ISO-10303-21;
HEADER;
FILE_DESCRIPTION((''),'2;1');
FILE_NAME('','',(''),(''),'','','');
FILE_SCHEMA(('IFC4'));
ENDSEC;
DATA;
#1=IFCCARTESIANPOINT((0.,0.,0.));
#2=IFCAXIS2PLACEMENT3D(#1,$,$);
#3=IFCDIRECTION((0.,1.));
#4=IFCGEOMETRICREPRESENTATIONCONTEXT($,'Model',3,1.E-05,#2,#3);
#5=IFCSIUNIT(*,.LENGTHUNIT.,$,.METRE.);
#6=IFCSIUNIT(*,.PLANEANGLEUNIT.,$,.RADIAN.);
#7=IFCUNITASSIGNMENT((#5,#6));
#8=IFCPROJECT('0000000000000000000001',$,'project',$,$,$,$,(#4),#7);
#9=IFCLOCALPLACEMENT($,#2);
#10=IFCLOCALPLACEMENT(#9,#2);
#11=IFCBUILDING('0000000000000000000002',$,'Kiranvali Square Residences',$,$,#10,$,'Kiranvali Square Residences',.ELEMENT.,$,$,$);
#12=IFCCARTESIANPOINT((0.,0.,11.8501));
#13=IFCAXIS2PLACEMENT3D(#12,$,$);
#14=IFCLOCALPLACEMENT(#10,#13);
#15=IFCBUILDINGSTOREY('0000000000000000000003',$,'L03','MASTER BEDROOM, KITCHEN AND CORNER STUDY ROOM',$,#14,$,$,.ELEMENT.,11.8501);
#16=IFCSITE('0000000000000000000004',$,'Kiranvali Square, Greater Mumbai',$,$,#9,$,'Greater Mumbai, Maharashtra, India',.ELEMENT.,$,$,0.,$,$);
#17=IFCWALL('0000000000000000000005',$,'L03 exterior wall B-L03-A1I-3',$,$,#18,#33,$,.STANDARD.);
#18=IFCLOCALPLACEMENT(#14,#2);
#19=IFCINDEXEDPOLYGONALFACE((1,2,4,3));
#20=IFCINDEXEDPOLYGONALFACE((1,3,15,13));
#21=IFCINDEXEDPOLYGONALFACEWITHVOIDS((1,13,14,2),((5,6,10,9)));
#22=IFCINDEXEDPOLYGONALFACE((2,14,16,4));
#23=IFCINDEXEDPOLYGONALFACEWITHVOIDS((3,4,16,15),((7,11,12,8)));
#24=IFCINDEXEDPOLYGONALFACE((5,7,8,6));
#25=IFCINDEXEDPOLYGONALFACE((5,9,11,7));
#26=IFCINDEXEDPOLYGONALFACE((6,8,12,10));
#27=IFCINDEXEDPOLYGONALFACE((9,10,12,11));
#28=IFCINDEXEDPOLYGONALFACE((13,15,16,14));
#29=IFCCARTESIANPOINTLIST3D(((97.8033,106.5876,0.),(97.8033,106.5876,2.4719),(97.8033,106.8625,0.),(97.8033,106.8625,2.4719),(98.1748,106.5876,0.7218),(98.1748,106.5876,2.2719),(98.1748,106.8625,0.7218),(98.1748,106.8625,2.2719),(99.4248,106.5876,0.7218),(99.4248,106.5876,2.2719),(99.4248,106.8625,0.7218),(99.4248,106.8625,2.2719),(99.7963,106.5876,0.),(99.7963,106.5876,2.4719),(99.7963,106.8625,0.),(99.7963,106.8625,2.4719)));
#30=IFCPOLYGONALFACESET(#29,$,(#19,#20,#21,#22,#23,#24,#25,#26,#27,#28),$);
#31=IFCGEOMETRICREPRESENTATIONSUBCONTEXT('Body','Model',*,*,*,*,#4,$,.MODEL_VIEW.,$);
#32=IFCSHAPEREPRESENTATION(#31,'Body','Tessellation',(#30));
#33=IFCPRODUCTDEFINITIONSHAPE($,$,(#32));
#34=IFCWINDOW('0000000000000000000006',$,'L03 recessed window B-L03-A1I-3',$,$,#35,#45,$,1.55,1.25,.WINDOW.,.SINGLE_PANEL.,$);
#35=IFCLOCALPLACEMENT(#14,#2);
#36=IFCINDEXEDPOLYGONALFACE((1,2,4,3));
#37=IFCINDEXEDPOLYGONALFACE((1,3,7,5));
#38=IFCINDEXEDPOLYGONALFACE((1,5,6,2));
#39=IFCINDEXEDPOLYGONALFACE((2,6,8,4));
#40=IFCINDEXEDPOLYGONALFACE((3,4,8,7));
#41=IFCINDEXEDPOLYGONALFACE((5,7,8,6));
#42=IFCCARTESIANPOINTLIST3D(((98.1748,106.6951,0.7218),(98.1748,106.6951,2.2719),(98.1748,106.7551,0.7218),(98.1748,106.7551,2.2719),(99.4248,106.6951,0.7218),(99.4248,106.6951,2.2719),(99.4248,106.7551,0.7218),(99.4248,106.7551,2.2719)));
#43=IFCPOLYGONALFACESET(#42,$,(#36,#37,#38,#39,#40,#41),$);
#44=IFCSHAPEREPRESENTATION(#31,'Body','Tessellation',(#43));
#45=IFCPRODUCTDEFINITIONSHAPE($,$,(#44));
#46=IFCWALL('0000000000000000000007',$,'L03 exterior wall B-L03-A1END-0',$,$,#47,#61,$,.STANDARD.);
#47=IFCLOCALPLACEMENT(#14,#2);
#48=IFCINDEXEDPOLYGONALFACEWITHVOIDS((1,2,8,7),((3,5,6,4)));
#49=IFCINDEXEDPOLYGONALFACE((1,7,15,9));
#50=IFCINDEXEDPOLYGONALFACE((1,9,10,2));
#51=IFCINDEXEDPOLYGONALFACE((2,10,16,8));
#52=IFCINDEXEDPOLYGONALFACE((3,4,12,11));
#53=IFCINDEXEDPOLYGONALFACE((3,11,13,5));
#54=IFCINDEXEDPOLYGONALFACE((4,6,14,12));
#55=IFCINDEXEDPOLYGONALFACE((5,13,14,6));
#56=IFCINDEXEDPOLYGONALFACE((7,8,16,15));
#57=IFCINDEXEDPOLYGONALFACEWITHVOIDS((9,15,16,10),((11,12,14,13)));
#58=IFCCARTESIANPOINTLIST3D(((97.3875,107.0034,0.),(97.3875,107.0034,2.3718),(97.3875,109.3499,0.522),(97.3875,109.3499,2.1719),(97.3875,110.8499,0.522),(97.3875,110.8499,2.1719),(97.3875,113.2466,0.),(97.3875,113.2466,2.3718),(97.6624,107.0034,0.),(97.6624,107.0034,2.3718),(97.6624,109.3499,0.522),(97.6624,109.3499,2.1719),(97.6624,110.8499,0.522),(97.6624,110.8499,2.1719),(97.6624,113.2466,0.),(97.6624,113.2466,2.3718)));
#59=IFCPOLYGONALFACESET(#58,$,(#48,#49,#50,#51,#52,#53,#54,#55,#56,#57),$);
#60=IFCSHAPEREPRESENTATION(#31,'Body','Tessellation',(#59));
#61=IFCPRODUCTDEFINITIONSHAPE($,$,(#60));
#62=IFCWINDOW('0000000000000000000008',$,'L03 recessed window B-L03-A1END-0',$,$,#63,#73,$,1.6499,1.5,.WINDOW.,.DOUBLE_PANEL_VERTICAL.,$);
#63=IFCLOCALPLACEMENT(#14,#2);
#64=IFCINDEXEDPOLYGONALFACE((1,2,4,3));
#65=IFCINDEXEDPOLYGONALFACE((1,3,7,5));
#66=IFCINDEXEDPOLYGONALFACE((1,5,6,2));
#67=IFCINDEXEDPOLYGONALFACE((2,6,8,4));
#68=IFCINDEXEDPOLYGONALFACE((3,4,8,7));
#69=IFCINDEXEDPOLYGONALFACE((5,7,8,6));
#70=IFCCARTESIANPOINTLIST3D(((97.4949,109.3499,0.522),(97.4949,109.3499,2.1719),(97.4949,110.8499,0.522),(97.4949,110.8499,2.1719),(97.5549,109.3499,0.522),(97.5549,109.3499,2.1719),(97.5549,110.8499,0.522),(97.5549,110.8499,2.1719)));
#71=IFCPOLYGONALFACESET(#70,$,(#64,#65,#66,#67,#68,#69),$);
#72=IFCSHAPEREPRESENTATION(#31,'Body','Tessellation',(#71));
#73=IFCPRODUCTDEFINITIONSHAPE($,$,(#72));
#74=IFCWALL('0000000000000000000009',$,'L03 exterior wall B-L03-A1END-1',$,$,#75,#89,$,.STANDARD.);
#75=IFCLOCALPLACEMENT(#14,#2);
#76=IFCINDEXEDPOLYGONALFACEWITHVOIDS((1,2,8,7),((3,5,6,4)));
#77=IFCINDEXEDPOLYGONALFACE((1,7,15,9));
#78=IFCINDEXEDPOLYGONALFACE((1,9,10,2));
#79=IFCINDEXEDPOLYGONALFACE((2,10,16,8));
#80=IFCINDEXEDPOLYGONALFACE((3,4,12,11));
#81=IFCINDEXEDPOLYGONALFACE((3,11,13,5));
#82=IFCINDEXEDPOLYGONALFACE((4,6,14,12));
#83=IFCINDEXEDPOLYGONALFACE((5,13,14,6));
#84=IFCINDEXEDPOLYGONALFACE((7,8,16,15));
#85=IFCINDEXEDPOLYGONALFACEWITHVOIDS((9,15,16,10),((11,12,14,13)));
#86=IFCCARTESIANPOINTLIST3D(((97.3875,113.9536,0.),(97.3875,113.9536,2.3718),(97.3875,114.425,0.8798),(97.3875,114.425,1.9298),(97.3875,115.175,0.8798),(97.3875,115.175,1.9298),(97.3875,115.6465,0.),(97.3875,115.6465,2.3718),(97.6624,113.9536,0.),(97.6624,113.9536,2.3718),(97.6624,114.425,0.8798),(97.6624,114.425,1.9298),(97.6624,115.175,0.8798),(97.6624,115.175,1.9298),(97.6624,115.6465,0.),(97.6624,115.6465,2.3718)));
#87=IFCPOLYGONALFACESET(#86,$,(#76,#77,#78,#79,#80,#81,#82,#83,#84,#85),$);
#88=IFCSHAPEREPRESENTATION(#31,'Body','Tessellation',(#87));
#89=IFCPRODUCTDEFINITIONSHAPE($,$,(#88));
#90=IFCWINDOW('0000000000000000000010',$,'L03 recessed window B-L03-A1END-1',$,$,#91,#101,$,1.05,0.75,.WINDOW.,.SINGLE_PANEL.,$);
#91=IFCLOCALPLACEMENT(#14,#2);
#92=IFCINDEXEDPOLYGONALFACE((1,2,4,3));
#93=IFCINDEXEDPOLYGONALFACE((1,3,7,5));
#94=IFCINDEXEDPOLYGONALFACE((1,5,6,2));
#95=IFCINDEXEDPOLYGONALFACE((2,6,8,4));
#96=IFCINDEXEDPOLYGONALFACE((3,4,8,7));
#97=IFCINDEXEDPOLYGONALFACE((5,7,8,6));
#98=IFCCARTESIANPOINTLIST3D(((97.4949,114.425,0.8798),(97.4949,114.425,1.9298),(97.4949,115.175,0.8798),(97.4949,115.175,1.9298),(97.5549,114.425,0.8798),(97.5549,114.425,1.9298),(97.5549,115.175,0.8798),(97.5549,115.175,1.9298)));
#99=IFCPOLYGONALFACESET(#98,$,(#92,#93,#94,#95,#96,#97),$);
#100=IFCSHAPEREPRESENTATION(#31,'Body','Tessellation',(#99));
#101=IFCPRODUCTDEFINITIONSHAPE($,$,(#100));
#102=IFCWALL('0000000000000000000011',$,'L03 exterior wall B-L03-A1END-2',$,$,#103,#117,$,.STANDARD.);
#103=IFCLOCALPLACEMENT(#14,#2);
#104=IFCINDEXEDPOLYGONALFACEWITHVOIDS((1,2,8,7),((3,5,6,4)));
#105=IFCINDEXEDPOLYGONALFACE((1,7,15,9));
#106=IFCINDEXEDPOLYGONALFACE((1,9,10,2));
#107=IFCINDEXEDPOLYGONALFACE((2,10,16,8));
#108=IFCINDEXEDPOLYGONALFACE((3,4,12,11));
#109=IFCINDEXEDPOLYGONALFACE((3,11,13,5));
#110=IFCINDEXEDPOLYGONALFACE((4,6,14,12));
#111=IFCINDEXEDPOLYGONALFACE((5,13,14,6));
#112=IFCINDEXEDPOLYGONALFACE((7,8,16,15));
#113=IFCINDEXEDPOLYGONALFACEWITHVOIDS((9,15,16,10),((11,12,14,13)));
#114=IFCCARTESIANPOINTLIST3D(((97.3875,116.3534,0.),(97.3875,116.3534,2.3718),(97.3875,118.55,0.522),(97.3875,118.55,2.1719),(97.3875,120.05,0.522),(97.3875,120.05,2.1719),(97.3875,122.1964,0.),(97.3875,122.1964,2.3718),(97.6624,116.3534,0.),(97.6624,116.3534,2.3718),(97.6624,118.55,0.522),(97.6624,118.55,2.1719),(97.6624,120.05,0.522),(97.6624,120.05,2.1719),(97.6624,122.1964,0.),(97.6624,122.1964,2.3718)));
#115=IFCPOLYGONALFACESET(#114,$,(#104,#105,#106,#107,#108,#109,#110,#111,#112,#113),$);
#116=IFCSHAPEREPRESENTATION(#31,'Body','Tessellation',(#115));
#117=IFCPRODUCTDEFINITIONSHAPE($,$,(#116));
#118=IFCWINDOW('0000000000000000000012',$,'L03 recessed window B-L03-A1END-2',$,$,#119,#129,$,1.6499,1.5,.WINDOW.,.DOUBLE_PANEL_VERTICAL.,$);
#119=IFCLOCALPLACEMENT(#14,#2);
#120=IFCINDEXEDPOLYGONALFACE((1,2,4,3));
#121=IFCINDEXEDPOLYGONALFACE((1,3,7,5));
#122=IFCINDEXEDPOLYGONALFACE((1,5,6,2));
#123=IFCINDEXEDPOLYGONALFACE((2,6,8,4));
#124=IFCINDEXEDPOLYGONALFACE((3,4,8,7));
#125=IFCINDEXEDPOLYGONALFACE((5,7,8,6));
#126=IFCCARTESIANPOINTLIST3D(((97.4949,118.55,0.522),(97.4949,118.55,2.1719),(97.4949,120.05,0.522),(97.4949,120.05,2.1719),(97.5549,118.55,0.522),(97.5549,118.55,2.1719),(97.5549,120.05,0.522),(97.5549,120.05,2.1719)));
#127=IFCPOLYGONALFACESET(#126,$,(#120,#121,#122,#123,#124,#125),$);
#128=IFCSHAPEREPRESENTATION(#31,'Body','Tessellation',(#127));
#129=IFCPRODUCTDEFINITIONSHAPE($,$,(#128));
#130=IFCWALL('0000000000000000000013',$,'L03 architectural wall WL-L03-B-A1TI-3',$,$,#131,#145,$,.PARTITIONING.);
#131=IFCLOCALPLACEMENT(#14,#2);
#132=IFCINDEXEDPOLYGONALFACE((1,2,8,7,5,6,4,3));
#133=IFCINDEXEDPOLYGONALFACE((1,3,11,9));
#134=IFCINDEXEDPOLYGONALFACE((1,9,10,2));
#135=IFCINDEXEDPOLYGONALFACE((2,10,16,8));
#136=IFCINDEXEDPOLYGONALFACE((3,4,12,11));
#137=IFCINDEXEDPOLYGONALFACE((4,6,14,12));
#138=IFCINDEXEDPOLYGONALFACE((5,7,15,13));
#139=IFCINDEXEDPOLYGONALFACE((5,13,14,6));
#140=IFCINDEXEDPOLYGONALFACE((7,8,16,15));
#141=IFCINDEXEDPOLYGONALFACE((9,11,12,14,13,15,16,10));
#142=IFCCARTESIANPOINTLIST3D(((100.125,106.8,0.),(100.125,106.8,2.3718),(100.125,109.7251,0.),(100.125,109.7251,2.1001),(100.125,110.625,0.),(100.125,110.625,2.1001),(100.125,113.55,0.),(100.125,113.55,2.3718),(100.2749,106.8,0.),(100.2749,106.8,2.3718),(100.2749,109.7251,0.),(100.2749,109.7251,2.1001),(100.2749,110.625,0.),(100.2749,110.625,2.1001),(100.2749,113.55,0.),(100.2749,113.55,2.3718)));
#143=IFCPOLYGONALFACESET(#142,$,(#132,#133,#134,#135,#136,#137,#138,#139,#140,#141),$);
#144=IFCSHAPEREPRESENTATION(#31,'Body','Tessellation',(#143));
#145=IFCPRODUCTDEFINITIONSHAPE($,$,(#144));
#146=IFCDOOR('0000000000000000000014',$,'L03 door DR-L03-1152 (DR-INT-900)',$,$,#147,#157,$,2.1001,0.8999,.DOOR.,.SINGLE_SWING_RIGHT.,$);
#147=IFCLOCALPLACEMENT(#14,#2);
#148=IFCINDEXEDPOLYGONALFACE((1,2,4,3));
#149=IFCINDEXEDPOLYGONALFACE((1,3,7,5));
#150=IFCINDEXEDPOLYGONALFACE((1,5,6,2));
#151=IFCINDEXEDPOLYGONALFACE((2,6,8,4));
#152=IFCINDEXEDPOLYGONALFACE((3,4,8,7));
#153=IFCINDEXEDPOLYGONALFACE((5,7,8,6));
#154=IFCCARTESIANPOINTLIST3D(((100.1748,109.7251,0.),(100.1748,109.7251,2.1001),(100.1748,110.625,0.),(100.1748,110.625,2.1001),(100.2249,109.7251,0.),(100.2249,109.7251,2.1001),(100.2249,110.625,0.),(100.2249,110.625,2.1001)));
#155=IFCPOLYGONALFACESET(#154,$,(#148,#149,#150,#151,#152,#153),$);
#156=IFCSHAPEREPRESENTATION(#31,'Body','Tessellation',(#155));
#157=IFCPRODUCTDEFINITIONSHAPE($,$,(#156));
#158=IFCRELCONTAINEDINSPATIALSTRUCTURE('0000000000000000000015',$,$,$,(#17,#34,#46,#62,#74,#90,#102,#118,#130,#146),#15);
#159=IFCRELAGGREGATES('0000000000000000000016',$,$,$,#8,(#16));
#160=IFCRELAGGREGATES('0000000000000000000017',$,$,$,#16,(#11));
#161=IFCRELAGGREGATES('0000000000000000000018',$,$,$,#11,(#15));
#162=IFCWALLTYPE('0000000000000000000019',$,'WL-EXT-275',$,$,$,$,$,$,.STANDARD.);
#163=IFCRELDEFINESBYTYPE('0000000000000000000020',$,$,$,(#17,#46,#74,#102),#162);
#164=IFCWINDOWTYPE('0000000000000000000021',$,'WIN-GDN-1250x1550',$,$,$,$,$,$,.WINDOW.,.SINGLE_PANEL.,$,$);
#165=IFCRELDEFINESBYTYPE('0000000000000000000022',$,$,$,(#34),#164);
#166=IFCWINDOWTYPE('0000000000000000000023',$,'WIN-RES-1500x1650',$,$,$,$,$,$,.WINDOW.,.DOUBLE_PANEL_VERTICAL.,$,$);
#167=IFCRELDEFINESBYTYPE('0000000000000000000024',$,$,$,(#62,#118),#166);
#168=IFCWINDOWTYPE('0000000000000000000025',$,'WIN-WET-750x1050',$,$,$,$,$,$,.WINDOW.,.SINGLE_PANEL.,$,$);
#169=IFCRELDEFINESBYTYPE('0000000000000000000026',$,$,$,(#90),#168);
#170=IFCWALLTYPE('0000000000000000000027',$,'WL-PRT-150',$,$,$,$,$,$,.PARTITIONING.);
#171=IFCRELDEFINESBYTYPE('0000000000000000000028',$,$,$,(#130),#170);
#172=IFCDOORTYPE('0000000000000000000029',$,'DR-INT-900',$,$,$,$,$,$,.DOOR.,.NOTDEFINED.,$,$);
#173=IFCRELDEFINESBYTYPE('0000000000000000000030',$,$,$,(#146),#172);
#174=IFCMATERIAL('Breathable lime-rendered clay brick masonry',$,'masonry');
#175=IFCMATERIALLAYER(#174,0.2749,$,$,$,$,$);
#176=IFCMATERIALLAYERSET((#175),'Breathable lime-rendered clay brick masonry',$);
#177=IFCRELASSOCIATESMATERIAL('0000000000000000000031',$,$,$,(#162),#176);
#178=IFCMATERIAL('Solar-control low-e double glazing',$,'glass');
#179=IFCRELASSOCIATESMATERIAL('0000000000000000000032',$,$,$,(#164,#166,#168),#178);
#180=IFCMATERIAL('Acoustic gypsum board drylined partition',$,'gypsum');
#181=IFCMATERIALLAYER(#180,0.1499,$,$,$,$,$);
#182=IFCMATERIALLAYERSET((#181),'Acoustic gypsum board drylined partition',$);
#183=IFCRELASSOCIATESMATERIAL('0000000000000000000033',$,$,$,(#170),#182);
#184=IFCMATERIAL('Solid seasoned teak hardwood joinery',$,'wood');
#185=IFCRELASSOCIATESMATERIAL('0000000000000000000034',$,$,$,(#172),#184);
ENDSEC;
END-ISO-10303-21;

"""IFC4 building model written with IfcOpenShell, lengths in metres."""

from ifc_helpers import new_model, si_unit, direction, frame, frame_2d, origin, place, context, subcontext, project, spatial, rectangle, extrude, material, layer, layer_set, type_object, element, fill, save


model = new_model("IFC4")

# Units and contexts
model_context = context("Model", 3, precision=1e-05, world=origin(), true_north=direction((0.0, 1.0)))
body_context = subcontext(model_context, "Body", "Model", "MODEL_VIEW")
ifc_project = project(units=[si_unit("LENGTHUNIT", "METRE"), si_unit("PLANEANGLEUNIT", "RADIAN")], contexts=[model_context])

# Site, building, storey
site_placement = place(None, origin())
site = spatial("IfcSite", under=ifc_project, at=site_placement, Name="Kiranvali Square, Greater Mumbai", LongName="Greater Mumbai, Maharashtra, India", CompositionType="ELEMENT", RefElevation=0.0)
building_placement = place(site_placement, origin())
building = spatial("IfcBuilding", under=site, at=building_placement, Name="Kiranvali Square Residences", LongName="Kiranvali Square Residences", CompositionType="ELEMENT")
storey_placement = place(building_placement, frame((0.0, 0.0, 11.8501)))
storey = spatial("IfcBuildingStorey", under=building, at=storey_placement, Name="L03", Description="MASTER BEDROOM, KITCHEN AND CORNER STUDY ROOM", CompositionType="ELEMENT", Elevation=11.8501)

# Walls, openings, windows
ifc_material_1 = material(Name="Breathable lime-rendered clay brick masonry", Category="masonry")
ifc_layer_1 = layer(ifc_material_1, 0.2749)
ifc_layer_set_1 = layer_set([ifc_layer_1], Name="Breathable lime-rendered clay brick masonry")
wall_type_1 = type_object("IfcWallType", Name="WL-EXT-275", PredefinedType="STANDARD", material=ifc_layer_set_1)
wall_1_placement = place(storey_placement, frame((99.7964, 106.7251, 0.0), z_axis=(0.0, 0.0, 1.0), x_axis=(-1.0, 0.0, 0.0)))
wall_1 = element("IfcWall", 1, at=wall_1_placement, inside=storey, type_object=wall_type_1, Name="L03 exterior wall B-L03-A1I-3", PredefinedType="STANDARD", context=body_context, shape_type="SweptSolid", body=[
    extrude(rectangle(XDim=1.9929, YDim=0.2749, at=frame_2d((0.9966, 0.0))), origin(), (0.0, 0.0, 1.0), 2.4719),
])
opening_1_placement = place(wall_1_placement, frame((0.3716, 0.0, 0.7219)))
opening_1 = element("IfcOpeningElement", 2, at=opening_1_placement, cuts=wall_1, PredefinedType="OPENING", context=body_context, shape_type="SweptSolid", body=[
    extrude(rectangle(XDim=1.25, YDim=1.55, at=frame_2d((0.625, 0.7749))), frame((0.0, 0.1475, 0.0), z_axis=(0.0, -1.0, 0.0), x_axis=(1.0, 0.0, 0.0)), (0.0, 0.0, 1.0), 0.2949),
])
ifc_material_2 = material(Name="Solar-control low-e double glazing", Category="glass")
window_type_1 = type_object("IfcWindowType", Name="WIN-GDN-1250x1550", PartitioningType="SINGLE_PANEL", PredefinedType="WINDOW", material=ifc_material_2)
window_1_placement = place(opening_1_placement, origin())
window_1 = element("IfcWindow", 3, at=window_1_placement, inside=storey, type_object=window_type_1, Name="L03 recessed window B-L03-A1I-3", OverallHeight=1.55, OverallWidth=1.25, PartitioningType="SINGLE_PANEL", PredefinedType="WINDOW", context=body_context, shape_type="SweptSolid", body=[
    extrude(rectangle(XDim=1.25, YDim=1.55, at=frame_2d((0.625, 0.7749))), frame((0.0, 0.03, 0.0), z_axis=(0.0, -1.0, 0.0), x_axis=(1.0, 0.0, 0.0)), (0.0, 0.0, 1.0), 0.0601),
])
fill(opening_1, window_1)
wall_2_placement = place(storey_placement, frame((97.5249, 107.0034, 0.0), z_axis=(0.0, 0.0, 1.0), x_axis=(0.0, 1.0, 0.0)))
wall_2 = element("IfcWall", 4, at=wall_2_placement, inside=storey, type_object=wall_type_1, Name="L03 exterior wall B-L03-A1END-0", PredefinedType="STANDARD", context=body_context, shape_type="SweptSolid", body=[
    extrude(rectangle(XDim=6.2432, YDim=0.2749, at=frame_2d((3.1216, 0.0))), origin(), (0.0, 0.0, 1.0), 2.3718),
])
opening_2_placement = place(wall_2_placement, frame((2.3464, 0.0, 0.522)))
opening_2 = element("IfcOpeningElement", 5, at=opening_2_placement, cuts=wall_2, PredefinedType="OPENING", context=body_context, shape_type="SweptSolid", body=[
    extrude(rectangle(XDim=1.5, YDim=1.6499, at=frame_2d((0.75, 0.825))), frame((0.0, 0.1475, 0.0), z_axis=(0.0, -1.0, 0.0), x_axis=(1.0, 0.0, 0.0)), (0.0, 0.0, 1.0), 0.2949),
])
window_type_2 = type_object("IfcWindowType", Name="WIN-RES-1500x1650", PartitioningType="DOUBLE_PANEL_VERTICAL", PredefinedType="WINDOW", material=ifc_material_2)
window_2_placement = place(opening_2_placement, origin())
window_2 = element("IfcWindow", 6, at=window_2_placement, inside=storey, type_object=window_type_2, Name="L03 recessed window B-L03-A1END-0", OverallHeight=1.6499, OverallWidth=1.5, PartitioningType="DOUBLE_PANEL_VERTICAL", PredefinedType="WINDOW", context=body_context, shape_type="SweptSolid", body=[
    extrude(rectangle(XDim=1.5, YDim=1.6499, at=frame_2d((0.75, 0.825))), frame((0.0, 0.03, 0.0), z_axis=(0.0, -1.0, 0.0), x_axis=(1.0, 0.0, 0.0)), (0.0, 0.0, 1.0), 0.0601),
])
fill(opening_2, window_2)
wall_3_placement = place(storey_placement, frame((97.5249, 113.9536, 0.0), z_axis=(0.0, 0.0, 1.0), x_axis=(0.0, 1.0, 0.0)))
wall_3 = element("IfcWall", 7, at=wall_3_placement, inside=storey, type_object=wall_type_1, Name="L03 exterior wall B-L03-A1END-1", PredefinedType="STANDARD", context=body_context, shape_type="SweptSolid", body=[
    extrude(rectangle(XDim=1.6929, YDim=0.2749, at=frame_2d((0.8464, 0.0))), origin(), (0.0, 0.0, 1.0), 2.3718),
])
opening_3_placement = place(wall_3_placement, frame((0.4714, 0.0, 0.8799)))
opening_3 = element("IfcOpeningElement", 8, at=opening_3_placement, cuts=wall_3, PredefinedType="OPENING", context=body_context, shape_type="SweptSolid", body=[
    extrude(rectangle(XDim=0.75, YDim=1.05, at=frame_2d((0.375, 0.5249))), frame((0.0, 0.1475, 0.0), z_axis=(0.0, -1.0, 0.0), x_axis=(1.0, 0.0, 0.0)), (0.0, 0.0, 1.0), 0.2949),
])
window_type_3 = type_object("IfcWindowType", Name="WIN-WET-750x1050", PartitioningType="SINGLE_PANEL", PredefinedType="WINDOW", material=ifc_material_2)
window_3_placement = place(opening_3_placement, origin())
window_3 = element("IfcWindow", 9, at=window_3_placement, inside=storey, type_object=window_type_3, Name="L03 recessed window B-L03-A1END-1", OverallHeight=1.05, OverallWidth=0.75, PartitioningType="SINGLE_PANEL", PredefinedType="WINDOW", context=body_context, shape_type="SweptSolid", body=[
    extrude(rectangle(XDim=0.75, YDim=1.05, at=frame_2d((0.375, 0.5249))), frame((0.0, 0.03, 0.0), z_axis=(0.0, -1.0, 0.0), x_axis=(1.0, 0.0, 0.0)), (0.0, 0.0, 1.0), 0.0601),
])
fill(opening_3, window_3)
wall_4_placement = place(storey_placement, frame((97.5249, 116.3535, 0.0), z_axis=(0.0, 0.0, 1.0), x_axis=(0.0, 1.0, 0.0)))
wall_4 = element("IfcWall", 10, at=wall_4_placement, inside=storey, type_object=wall_type_1, Name="L03 exterior wall B-L03-A1END-2", PredefinedType="STANDARD", context=body_context, shape_type="SweptSolid", body=[
    extrude(rectangle(XDim=5.843, YDim=0.2749, at=frame_2d((2.9214, 0.0))), origin(), (0.0, 0.0, 1.0), 2.3718),
])
opening_4_placement = place(wall_4_placement, frame((2.1965, 0.0, 0.522)))
opening_4 = element("IfcOpeningElement", 11, at=opening_4_placement, cuts=wall_4, PredefinedType="OPENING", context=body_context, shape_type="SweptSolid", body=[
    extrude(rectangle(XDim=1.5, YDim=1.6499, at=frame_2d((0.75, 0.825))), frame((0.0, 0.1475, 0.0), z_axis=(0.0, -1.0, 0.0), x_axis=(1.0, 0.0, 0.0)), (0.0, 0.0, 1.0), 0.2949),
])
window_4_placement = place(opening_4_placement, origin())
window_4 = element("IfcWindow", 12, at=window_4_placement, inside=storey, type_object=window_type_2, Name="L03 recessed window B-L03-A1END-2", OverallHeight=1.6499, OverallWidth=1.5, PartitioningType="DOUBLE_PANEL_VERTICAL", PredefinedType="WINDOW", context=body_context, shape_type="SweptSolid", body=[
    extrude(rectangle(XDim=1.5, YDim=1.6499, at=frame_2d((0.75, 0.825))), frame((0.0, 0.03, 0.0), z_axis=(0.0, -1.0, 0.0), x_axis=(1.0, 0.0, 0.0)), (0.0, 0.0, 1.0), 0.0601),
])
fill(opening_4, window_4)

# Wall, opening, door
ifc_material_3 = material(Name="Acoustic gypsum board drylined partition", Category="gypsum")
ifc_layer_2 = layer(ifc_material_3, 0.1499)
ifc_layer_set_2 = layer_set([ifc_layer_2], Name="Acoustic gypsum board drylined partition")
wall_type_2 = type_object("IfcWallType", Name="WL-PRT-150", PredefinedType="PARTITIONING", material=ifc_layer_set_2)
wall_5_placement = place(storey_placement, frame((100.2, 106.8, 0.0), z_axis=(0.0, 0.0, 1.0), x_axis=(0.0, 1.0, 0.0)))
wall_5 = element("IfcWall", 13, at=wall_5_placement, inside=storey, type_object=wall_type_2, Name="L03 architectural wall WL-L03-B-A1TI-3", PredefinedType="PARTITIONING", context=body_context, shape_type="SweptSolid", body=[
    extrude(rectangle(XDim=6.75, YDim=0.1499, at=frame_2d((3.375, 0.0))), origin(), (0.0, 0.0, 1.0), 2.3718),
])
opening_5_placement = place(wall_5_placement, frame((2.925, 0.0, 0.0)))
opening_5 = element("IfcOpeningElement", 14, at=opening_5_placement, cuts=wall_5, PredefinedType="OPENING", context=body_context, shape_type="SweptSolid", body=[
    extrude(rectangle(XDim=0.8999, YDim=2.1001, at=frame_2d((0.45, 1.05))), frame((0.0, 0.085, 0.0), z_axis=(0.0, -1.0, 0.0), x_axis=(1.0, 0.0, 0.0)), (0.0, 0.0, 1.0), 0.1699),
])
ifc_material_4 = material(Name="Solid seasoned teak hardwood joinery", Category="wood")
door_type = type_object("IfcDoorType", Name="DR-INT-900", OperationType="NOTDEFINED", PredefinedType="DOOR", material=ifc_material_4)
door_1_placement = place(opening_5_placement, frame((0.8999, 0.0, 0.0), z_axis=(0.0, 0.0, 1.0), x_axis=(-1.0, 0.0, 0.0)))
door_1 = element("IfcDoor", 15, at=door_1_placement, inside=storey, type_object=door_type, Name="L03 door DR-L03-1152 (DR-INT-900)", OperationType="SINGLE_SWING_RIGHT", OverallHeight=2.1001, OverallWidth=0.8999, PredefinedType="DOOR", context=body_context, shape_type="SweptSolid", body=[
    extrude(rectangle(XDim=0.8999, YDim=2.1001, at=frame_2d((0.45, 1.05))), frame((0.0, 0.0249, 0.0), z_axis=(0.0, -1.0, 0.0), x_axis=(1.0, 0.0, 0.0)), (0.0, 0.0, 1.0), 0.05),
])
fill(opening_5, door_1)

save(model, "model.ifc")
